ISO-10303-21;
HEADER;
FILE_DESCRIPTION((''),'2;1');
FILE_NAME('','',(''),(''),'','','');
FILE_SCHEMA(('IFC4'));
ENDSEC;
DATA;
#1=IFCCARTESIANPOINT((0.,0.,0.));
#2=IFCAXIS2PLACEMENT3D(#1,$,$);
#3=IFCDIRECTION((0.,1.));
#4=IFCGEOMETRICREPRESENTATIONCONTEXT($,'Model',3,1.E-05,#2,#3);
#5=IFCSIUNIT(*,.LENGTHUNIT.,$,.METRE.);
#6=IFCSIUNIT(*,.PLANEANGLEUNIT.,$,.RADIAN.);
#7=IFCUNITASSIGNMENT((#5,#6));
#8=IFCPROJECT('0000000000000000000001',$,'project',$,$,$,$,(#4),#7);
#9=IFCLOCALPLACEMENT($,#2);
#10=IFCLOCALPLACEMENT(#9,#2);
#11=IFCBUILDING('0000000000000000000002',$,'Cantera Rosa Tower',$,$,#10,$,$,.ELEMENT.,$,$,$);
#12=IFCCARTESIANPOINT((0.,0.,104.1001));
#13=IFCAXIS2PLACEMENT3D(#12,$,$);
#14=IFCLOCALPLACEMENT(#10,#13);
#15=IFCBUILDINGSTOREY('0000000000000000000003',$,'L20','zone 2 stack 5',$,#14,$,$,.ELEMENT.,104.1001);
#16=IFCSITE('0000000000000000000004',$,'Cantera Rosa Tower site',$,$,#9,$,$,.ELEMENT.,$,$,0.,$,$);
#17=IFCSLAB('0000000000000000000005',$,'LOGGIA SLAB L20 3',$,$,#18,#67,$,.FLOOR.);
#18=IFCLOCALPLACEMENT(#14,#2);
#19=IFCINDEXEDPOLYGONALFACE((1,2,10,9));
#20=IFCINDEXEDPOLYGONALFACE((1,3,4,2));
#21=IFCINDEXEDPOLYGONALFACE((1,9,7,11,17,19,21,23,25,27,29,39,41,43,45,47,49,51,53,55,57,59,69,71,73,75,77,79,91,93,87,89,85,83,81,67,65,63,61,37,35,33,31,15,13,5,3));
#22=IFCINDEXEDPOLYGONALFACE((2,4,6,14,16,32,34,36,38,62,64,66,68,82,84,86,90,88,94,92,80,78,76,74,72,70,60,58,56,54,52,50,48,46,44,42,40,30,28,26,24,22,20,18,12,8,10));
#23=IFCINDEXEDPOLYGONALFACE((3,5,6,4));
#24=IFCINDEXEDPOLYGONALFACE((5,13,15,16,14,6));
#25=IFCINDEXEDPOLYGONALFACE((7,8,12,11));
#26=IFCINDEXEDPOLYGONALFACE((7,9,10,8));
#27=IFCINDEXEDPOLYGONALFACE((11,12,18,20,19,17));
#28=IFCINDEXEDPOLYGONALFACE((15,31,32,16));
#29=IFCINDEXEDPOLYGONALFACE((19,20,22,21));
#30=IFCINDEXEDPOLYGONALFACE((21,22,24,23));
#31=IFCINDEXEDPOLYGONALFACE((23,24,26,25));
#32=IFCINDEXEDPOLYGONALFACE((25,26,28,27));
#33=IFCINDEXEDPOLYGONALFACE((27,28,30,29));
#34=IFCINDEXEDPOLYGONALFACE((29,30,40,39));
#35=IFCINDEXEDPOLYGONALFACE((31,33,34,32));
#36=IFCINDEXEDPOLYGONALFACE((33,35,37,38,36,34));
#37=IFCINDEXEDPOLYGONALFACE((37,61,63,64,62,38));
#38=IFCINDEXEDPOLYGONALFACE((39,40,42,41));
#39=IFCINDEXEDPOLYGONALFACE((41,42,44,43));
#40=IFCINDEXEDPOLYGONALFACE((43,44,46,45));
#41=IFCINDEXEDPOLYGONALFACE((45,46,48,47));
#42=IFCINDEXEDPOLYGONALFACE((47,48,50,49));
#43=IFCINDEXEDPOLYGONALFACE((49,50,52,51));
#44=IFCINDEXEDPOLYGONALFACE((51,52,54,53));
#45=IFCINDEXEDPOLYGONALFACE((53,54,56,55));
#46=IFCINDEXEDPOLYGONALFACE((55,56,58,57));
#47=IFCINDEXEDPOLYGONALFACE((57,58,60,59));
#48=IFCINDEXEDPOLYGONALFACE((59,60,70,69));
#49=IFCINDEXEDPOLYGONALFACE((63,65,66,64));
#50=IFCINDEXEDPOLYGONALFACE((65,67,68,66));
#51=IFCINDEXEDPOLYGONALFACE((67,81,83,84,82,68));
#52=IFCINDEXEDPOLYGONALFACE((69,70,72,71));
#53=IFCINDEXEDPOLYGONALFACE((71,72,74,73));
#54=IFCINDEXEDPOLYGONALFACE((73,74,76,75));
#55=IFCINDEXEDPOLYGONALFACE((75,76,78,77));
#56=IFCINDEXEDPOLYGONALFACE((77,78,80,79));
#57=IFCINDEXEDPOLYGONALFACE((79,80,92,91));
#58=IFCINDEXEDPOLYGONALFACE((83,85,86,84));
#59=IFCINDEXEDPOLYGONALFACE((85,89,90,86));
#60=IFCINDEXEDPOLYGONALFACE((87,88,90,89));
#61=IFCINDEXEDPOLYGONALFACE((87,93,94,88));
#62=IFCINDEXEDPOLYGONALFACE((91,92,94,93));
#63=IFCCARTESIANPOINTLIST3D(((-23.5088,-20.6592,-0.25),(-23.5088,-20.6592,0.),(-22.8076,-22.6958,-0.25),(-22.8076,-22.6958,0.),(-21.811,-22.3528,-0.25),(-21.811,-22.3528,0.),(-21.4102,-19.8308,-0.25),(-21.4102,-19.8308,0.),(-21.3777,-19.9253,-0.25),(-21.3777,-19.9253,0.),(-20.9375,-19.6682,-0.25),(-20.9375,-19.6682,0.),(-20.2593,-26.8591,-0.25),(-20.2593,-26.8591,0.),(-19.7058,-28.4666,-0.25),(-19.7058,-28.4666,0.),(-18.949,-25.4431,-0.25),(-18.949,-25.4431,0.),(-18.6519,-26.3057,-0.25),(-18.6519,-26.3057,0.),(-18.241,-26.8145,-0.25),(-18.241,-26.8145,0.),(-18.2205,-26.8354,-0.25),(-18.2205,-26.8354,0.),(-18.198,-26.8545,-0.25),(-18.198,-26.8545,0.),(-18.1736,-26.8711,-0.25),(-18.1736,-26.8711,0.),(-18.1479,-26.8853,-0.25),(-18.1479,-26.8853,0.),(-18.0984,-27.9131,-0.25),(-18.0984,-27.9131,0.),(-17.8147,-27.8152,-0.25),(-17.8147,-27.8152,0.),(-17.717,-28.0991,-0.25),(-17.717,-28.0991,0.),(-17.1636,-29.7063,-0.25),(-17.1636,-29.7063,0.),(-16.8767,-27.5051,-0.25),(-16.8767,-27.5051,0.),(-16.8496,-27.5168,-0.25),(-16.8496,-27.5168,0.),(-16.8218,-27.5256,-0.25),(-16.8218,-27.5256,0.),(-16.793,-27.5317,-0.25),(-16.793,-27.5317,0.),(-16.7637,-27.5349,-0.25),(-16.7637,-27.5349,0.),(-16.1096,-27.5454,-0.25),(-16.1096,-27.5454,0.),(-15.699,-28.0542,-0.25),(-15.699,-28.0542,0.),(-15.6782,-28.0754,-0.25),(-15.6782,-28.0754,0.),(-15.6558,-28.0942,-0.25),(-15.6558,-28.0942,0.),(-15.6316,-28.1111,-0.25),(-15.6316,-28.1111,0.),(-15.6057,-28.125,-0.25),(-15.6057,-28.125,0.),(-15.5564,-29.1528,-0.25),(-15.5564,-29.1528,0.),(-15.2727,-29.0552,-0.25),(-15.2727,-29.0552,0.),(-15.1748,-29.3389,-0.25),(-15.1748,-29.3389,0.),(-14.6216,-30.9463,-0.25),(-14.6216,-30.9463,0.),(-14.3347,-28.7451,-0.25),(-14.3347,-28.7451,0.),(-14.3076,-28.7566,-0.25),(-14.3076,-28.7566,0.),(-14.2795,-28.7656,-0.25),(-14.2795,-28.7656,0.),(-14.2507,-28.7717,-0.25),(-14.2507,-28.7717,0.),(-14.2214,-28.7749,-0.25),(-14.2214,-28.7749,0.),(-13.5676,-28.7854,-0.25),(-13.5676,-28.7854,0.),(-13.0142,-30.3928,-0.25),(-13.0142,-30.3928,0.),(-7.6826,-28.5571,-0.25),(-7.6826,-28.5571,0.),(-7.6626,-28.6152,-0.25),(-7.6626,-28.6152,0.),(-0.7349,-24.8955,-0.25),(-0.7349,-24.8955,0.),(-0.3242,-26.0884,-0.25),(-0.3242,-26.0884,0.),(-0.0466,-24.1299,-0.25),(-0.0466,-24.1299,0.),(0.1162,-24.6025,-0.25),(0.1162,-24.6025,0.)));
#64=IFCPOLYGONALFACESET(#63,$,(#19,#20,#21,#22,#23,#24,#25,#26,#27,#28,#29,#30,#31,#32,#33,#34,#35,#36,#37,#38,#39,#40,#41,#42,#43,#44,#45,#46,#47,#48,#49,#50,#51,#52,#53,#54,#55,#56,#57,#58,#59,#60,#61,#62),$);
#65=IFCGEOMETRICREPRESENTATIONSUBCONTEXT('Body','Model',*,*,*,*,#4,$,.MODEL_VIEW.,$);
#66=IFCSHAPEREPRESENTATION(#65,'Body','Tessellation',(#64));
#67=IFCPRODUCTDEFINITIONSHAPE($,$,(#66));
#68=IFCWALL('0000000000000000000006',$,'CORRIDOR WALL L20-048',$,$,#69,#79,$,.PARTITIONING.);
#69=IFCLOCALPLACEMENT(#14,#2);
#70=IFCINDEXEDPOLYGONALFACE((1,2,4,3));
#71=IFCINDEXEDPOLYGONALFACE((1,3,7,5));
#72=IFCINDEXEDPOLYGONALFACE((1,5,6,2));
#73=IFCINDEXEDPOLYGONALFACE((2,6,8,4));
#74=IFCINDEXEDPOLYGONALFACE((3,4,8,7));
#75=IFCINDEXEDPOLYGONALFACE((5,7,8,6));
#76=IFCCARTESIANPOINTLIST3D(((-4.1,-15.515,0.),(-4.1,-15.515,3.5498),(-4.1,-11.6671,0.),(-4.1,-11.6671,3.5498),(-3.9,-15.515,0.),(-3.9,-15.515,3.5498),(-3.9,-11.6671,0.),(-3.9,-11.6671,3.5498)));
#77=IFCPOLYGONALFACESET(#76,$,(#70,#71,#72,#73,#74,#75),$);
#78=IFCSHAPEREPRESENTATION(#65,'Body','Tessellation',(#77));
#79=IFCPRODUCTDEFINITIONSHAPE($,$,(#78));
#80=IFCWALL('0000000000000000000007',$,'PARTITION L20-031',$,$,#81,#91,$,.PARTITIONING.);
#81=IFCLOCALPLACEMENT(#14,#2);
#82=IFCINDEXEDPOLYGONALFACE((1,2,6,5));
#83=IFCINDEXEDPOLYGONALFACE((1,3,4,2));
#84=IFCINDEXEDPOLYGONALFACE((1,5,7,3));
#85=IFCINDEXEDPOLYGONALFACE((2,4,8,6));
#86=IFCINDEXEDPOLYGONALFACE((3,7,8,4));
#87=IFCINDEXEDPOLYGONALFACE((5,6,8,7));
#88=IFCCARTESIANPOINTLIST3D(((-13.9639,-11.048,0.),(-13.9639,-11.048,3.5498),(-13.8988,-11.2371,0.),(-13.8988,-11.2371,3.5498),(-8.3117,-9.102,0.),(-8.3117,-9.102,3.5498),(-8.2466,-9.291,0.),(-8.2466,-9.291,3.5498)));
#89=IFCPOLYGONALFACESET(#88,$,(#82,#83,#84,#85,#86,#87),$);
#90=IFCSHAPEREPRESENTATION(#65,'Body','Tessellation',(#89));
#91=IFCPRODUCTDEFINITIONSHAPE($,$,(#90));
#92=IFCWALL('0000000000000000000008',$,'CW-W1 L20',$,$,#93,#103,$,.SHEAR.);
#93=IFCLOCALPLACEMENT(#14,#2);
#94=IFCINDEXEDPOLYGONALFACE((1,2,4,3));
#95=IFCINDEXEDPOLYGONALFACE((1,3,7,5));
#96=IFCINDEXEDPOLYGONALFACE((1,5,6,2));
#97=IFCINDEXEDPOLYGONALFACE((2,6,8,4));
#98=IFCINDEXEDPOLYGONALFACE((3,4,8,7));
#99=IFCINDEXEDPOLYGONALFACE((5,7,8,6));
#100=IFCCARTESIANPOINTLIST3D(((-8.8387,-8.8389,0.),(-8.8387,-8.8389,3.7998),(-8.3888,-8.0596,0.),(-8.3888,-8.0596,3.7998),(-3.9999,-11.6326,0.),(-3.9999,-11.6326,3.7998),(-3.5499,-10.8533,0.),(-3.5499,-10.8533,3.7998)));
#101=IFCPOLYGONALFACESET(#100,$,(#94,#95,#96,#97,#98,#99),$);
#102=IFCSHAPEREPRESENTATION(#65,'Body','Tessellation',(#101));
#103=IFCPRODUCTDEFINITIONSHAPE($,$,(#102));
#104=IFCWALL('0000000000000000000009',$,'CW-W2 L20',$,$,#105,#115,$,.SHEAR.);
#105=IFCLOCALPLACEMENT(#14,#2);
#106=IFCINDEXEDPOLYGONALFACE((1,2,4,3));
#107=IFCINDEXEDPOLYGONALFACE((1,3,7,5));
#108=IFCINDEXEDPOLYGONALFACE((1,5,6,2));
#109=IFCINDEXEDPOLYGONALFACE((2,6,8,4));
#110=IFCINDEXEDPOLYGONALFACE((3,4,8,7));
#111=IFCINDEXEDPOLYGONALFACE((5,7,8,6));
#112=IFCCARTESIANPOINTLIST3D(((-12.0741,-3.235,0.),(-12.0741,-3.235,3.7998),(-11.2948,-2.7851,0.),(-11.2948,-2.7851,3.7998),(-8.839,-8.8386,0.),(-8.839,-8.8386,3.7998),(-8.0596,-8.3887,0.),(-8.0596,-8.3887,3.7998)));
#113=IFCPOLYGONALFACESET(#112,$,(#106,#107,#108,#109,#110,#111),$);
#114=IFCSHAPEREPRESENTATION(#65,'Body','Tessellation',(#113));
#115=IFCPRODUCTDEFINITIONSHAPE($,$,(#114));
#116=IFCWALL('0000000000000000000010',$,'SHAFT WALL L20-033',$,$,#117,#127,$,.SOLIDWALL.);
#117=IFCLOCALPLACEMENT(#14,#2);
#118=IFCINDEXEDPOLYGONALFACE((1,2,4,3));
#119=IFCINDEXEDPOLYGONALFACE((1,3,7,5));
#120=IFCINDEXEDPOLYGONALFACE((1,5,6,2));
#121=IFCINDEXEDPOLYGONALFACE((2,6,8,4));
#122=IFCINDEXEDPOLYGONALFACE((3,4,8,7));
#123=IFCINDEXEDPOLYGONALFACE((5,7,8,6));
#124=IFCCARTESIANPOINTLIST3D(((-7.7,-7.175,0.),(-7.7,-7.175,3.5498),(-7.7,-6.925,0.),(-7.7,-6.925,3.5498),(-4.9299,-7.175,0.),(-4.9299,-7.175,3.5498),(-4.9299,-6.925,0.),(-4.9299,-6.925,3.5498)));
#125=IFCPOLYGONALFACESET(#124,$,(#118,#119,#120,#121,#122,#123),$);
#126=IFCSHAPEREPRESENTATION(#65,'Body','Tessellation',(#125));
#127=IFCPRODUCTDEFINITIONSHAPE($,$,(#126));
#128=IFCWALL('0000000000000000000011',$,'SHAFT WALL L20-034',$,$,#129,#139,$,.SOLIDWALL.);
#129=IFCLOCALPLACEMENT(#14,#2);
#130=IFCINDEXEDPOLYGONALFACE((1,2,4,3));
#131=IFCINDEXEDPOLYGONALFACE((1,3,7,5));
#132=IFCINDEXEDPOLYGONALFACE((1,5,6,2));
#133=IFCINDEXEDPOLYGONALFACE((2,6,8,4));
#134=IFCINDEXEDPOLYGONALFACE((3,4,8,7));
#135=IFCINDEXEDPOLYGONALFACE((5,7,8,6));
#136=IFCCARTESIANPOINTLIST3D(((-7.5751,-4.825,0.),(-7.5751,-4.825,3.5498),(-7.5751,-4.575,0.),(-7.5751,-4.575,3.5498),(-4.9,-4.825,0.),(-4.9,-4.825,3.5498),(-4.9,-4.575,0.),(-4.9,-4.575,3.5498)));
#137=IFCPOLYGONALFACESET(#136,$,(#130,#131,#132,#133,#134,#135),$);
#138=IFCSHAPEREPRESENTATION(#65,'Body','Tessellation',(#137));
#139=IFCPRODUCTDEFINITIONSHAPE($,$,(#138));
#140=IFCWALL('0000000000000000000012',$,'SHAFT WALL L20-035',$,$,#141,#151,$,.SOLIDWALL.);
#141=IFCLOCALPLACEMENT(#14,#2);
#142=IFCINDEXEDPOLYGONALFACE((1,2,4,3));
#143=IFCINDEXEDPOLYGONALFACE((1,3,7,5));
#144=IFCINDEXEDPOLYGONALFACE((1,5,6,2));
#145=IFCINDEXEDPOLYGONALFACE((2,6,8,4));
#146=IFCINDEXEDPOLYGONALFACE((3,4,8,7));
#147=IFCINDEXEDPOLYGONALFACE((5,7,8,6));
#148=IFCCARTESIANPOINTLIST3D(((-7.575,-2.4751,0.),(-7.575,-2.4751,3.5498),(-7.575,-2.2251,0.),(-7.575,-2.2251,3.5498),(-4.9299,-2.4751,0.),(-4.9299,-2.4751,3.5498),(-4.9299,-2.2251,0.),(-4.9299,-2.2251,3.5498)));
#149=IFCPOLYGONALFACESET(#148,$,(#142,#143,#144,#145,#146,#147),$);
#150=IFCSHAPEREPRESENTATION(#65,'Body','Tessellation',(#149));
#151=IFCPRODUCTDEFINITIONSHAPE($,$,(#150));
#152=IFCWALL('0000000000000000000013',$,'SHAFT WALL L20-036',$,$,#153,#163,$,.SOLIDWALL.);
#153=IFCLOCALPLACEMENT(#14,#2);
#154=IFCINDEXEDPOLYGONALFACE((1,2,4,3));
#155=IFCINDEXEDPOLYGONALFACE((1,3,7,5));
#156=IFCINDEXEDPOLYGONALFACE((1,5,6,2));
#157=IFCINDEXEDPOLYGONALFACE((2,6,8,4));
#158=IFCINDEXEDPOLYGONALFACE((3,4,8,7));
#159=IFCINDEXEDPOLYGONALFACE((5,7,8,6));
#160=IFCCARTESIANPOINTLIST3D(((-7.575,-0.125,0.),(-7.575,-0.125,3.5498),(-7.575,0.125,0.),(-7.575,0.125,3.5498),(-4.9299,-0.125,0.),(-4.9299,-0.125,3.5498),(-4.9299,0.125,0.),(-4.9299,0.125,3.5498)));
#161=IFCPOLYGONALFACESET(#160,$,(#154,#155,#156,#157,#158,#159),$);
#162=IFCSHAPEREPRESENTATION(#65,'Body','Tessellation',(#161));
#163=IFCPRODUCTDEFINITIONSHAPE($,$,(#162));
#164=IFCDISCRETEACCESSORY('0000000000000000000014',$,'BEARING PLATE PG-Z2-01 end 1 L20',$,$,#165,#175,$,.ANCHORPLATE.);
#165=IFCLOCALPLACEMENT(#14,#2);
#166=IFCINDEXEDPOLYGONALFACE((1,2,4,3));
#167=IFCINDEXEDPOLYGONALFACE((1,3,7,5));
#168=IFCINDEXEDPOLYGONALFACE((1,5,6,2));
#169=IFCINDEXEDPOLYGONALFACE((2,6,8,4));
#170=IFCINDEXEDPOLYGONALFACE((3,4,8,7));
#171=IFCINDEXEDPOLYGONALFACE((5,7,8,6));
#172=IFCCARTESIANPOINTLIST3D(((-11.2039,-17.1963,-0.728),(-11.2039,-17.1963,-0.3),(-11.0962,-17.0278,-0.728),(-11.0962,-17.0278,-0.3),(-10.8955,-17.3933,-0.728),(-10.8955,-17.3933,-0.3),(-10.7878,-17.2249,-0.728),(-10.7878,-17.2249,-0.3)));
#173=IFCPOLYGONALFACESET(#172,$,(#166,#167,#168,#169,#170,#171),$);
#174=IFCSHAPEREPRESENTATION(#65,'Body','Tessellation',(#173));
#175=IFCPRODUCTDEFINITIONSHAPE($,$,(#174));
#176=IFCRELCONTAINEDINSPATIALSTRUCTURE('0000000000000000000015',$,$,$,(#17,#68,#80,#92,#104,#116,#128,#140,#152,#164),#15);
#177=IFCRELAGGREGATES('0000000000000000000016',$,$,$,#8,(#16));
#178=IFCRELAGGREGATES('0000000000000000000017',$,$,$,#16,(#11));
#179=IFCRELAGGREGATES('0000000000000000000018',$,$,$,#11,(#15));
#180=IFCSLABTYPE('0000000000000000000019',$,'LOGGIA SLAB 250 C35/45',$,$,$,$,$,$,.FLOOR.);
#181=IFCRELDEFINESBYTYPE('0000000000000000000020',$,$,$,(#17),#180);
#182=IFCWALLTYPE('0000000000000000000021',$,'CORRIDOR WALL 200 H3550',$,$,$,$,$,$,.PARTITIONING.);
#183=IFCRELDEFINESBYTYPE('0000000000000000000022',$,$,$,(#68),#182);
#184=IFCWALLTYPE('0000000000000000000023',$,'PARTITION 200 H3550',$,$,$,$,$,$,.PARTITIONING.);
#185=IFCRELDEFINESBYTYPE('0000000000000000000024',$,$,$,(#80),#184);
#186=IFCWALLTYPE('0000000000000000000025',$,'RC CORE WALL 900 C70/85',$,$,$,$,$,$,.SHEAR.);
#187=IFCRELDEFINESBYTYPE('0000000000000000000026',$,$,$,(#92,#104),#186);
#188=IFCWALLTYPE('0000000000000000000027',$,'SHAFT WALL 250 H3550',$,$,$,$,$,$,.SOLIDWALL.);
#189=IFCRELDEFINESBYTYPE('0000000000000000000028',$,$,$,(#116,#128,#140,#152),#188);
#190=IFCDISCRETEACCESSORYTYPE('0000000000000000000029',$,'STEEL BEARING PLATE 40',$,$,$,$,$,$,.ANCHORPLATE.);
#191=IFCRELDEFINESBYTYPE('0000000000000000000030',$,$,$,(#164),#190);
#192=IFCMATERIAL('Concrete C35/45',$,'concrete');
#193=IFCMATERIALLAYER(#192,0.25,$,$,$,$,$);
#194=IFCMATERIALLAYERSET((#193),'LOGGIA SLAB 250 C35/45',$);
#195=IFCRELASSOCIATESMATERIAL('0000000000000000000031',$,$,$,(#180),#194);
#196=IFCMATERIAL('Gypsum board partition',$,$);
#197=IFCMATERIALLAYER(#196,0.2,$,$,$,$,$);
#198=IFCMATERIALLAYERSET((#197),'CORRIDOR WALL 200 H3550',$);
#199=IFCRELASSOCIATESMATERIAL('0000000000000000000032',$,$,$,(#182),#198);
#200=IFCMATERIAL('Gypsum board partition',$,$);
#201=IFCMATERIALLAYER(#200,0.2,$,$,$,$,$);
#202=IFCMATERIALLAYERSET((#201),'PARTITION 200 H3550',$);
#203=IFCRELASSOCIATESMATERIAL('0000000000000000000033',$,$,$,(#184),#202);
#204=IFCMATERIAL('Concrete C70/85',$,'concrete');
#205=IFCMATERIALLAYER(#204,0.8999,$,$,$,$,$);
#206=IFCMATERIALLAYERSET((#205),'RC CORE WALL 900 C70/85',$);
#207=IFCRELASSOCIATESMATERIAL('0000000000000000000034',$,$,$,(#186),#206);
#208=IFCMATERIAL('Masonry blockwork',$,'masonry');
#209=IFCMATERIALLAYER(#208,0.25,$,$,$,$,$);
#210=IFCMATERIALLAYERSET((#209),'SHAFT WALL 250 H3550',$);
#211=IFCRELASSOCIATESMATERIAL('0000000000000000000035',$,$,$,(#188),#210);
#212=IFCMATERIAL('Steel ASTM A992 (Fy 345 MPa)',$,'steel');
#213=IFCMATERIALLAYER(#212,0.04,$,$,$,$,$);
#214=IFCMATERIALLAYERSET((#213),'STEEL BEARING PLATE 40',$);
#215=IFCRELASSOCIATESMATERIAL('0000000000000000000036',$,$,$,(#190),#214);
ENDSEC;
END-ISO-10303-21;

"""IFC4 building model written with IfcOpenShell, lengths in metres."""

from ifc_helpers import new_model, si_unit, direction, frame, frame_2d, origin, place, context, subcontext, project, spatial, polyline, rectangle, outline, extrude, material, layer, layer_set, type_object, element, save


model = new_model("IFC4")

# Units and contexts
model_context = context("Model", 3, precision=1e-05, world=origin(), true_north=direction((0.0, 1.0)))
body_context = subcontext(model_context, "Body", "Model", "MODEL_VIEW")
ifc_project = project(units=[si_unit("LENGTHUNIT", "METRE"), si_unit("PLANEANGLEUNIT", "RADIAN")], contexts=[model_context])

# Site, building, storey
site_placement = place(None, origin())
site = spatial("IfcSite", under=ifc_project, at=site_placement, Name="Cantera Rosa Tower site", CompositionType="ELEMENT", RefElevation=0.0)
building_placement = place(site_placement, origin())
building = spatial("IfcBuilding", under=site, at=building_placement, Name="Cantera Rosa Tower", CompositionType="ELEMENT")
storey_placement = place(building_placement, frame((0.0, 0.0, 104.1001)))
storey = spatial("IfcBuildingStorey", under=building, at=storey_placement, Name="L20", Description="zone 2 stack 5", CompositionType="ELEMENT", Elevation=104.1001)

# Slab
ifc_material_1 = material(Name="Concrete C35/45", Category="concrete")
ifc_layer_1 = layer(ifc_material_1, 0.25)
ifc_layer_set_1 = layer_set([ifc_layer_1], Name="LOGGIA SLAB 250 C35/45")
slab_type_1 = type_object("IfcSlabType", Name="LOGGIA SLAB 250 C35/45", PredefinedType="FLOOR", material=ifc_layer_set_1)
slab_1_placement = place(storey_placement, frame((0.0, 0.0, -0.25)))
element("IfcSlab", 1, at=slab_1_placement, inside=storey, type_object=slab_type_1, Name="LOGGIA SLAB L20 3", PredefinedType="FLOOR", context=body_context, shape_type="SweptSolid", body=[
    extrude(outline(polyline([(-13.0142, -30.3928), (-14.6216, -30.9463), (-15.1748, -29.3389), (-15.2727, -29.0552), (-15.5564, -29.1528), (-17.1636, -29.7063), (-17.717, -28.0991), (-17.8147, -27.8152), (-18.0984, -27.9131), (-19.7058, -28.4666), (-20.2593, -26.8591), (-21.811, -22.3528), (-22.8076, -22.6958), (-23.5088, -20.6592), (-21.3777, -19.9253), (-21.4102, -19.8308), (-20.9375, -19.6682), (-18.949, -25.4431), (-18.6519, -26.3057), (-18.241, -26.8145), (-18.2205, -26.8354), (-18.198, -26.8545), (-18.1736, -26.8711), (-18.1479, -26.8853), (-16.8767, -27.5051), (-16.8496, -27.5168), (-16.8218, -27.5256), (-16.793, -27.5317), (-16.7637, -27.5349), (-16.1096, -27.5454), (-15.699, -28.0542), (-15.6782, -28.0754), (-15.6558, -28.0942), (-15.6316, -28.1111), (-15.6057, -28.125), (-14.3347, -28.7451), (-14.3076, -28.7566), (-14.2795, -28.7656), (-14.2507, -28.7717), (-14.2214, -28.7749), (-13.5676, -28.7854), (-0.0466, -24.1299), (0.1162, -24.6025), (-0.7349, -24.8955), (-0.3242, -26.0884), (-7.6626, -28.6152), (-7.6826, -28.5571), (-13.0142, -30.3928)])), origin(), (0.0, 0.0, 1.0), 0.25),
])

# Walls
ifc_material_2 = material(Name="Gypsum board partition")
ifc_layer_2 = layer(ifc_material_2, 0.2)
ifc_layer_set_2 = layer_set([ifc_layer_2], Name="CORRIDOR WALL 200 H3550")
wall_type_1 = type_object("IfcWallType", Name="CORRIDOR WALL 200 H3550", PredefinedType="PARTITIONING", material=ifc_layer_set_2)
wall_1_placement = place(storey_placement, frame((-4.0, -11.6672, 0.0), z_axis=(0.0, 0.0, 1.0), x_axis=(0.0, -1.0, 0.0)))
element("IfcWall", 2, at=wall_1_placement, inside=storey, type_object=wall_type_1, Name="CORRIDOR WALL L20-048", PredefinedType="PARTITIONING", context=body_context, shape_type="SweptSolid", body=[
    extrude(rectangle(XDim=3.8479, YDim=0.2, at=frame_2d((1.9238, 0.0))), origin(), (0.0, 0.0, 1.0), 3.5498),
])
ifc_material_3 = material(Name="Gypsum board partition")
ifc_layer_3 = layer(ifc_material_3, 0.2)
ifc_layer_set_3 = layer_set([ifc_layer_3], Name="PARTITION 200 H3550")
wall_type_2 = type_object("IfcWallType", Name="PARTITION 200 H3550", PredefinedType="PARTITIONING", material=ifc_layer_set_3)
wall_2_placement = place(storey_placement, frame((-8.2793, -9.1965, 0.0), z_axis=(0.0, 0.0, 1.0), x_axis=(-0.945525, -0.325549, 0.0)))
element("IfcWall", 3, at=wall_2_placement, inside=storey, type_object=wall_type_2, Name="PARTITION L20-031", PredefinedType="PARTITIONING", context=body_context, shape_type="SweptSolid", body=[
    extrude(rectangle(XDim=5.9778, YDim=0.2, at=frame_2d((2.9888, 0.0))), origin(), (0.0, 0.0, 1.0), 3.5498),
])
ifc_material_4 = material(Name="Concrete C70/85", Category="concrete")
ifc_layer_4 = layer(ifc_material_4, 0.8999)
ifc_layer_set_4 = layer_set([ifc_layer_4], Name="RC CORE WALL 900 C70/85")
wall_type_3 = type_object("IfcWallType", Name="RC CORE WALL 900 C70/85", PredefinedType="SHEAR", material=ifc_layer_set_4)
wall_3_placement = place(storey_placement, frame((-3.7749, -11.2429, 0.0), z_axis=(0.0, 0.0, 1.0), x_axis=(-0.866027, 0.499997, 0.0)))
element("IfcWall", 4, at=wall_3_placement, inside=storey, type_object=wall_type_3, Name="CW-W1 L20", PredefinedType="SHEAR", context=body_context, shape_type="SweptSolid", body=[
    extrude(rectangle(XDim=5.5874, YDim=0.8999, at=frame_2d((2.7937, 0.0))), origin(), (0.0, 0.0, 1.0), 3.7998),
])
wall_4_placement = place(storey_placement, frame((-8.4492, -8.6138, 0.0), z_axis=(0.0, 0.0, 1.0), x_axis=(-0.49999, 0.866031, 0.0)))
element("IfcWall", 5, at=wall_4_placement, inside=storey, type_object=wall_type_3, Name="CW-W2 L20", PredefinedType="SHEAR", context=body_context, shape_type="SweptSolid", body=[
    extrude(rectangle(XDim=6.4705, YDim=0.8999, at=frame_2d((3.2354, 0.0))), origin(), (0.0, 0.0, 1.0), 3.7998),
])
ifc_material_5 = material(Name="Masonry blockwork", Category="masonry")
ifc_layer_5 = layer(ifc_material_5, 0.25)
ifc_layer_set_5 = layer_set([ifc_layer_5], Name="SHAFT WALL 250 H3550")
wall_type_4 = type_object("IfcWallType", Name="SHAFT WALL 250 H3550", PredefinedType="SOLIDWALL", material=ifc_layer_set_5)
wall_5_placement = place(storey_placement, frame((-7.7, -7.05, 0.0), z_axis=(0.0, 0.0, 1.0), x_axis=(1.0, 0.0, 0.0)))
element("IfcWall", 6, at=wall_5_placement, inside=storey, type_object=wall_type_4, Name="SHAFT WALL L20-033", PredefinedType="SOLIDWALL", context=body_context, shape_type="SweptSolid", body=[
    extrude(rectangle(XDim=2.77, YDim=0.25, at=frame_2d((1.385, 0.0))), origin(), (0.0, 0.0, 1.0), 3.5498),
])
wall_6_placement = place(storey_placement, frame((-7.575, -4.7, 0.0), z_axis=(0.0, 0.0, 1.0), x_axis=(1.0, 0.0, 0.0)))
element("IfcWall", 7, at=wall_6_placement, inside=storey, type_object=wall_type_4, Name="SHAFT WALL L20-034", PredefinedType="SOLIDWALL", context=body_context, shape_type="SweptSolid", body=[
    extrude(rectangle(XDim=2.675, YDim=0.25, at=frame_2d((1.3374, 0.0))), origin(), (0.0, 0.0, 1.0), 3.5498),
])
for number, where, z_axis, x_axis, name in (
    (8, (-7.575, -2.3501, 0.0), (0.0, 0.0, 1.0), (1.0, 0.0, 0.0), "SHAFT WALL L20-035"),
    (9, (-7.575, 0.0, 0.0), (0.0, 0.0, 1.0), (1.0, 0.0, 0.0), "SHAFT WALL L20-036"),
):
    element("IfcWall", number, at=place(storey_placement, frame(where, z_axis=z_axis, x_axis=x_axis)), inside=storey, type_object=wall_type_4, Name=name, PredefinedType="SOLIDWALL", context=body_context, shape_type="SweptSolid", body=[
        extrude(rectangle(XDim=2.645, YDim=0.25, at=frame_2d((1.3225, 0.0))), origin(), (0.0, 0.0, 1.0), 3.5498),
    ])

# Discrete accessory
ifc_material_6 = material(Name="Steel ASTM A992 (Fy 345 MPa)", Category="steel")
ifc_layer_6 = layer(ifc_material_6, 0.04)
ifc_layer_set_6 = layer_set([ifc_layer_6], Name="STEEL BEARING PLATE 40")
discrete_accessory_type = type_object("IfcDiscreteAccessoryType", Name="STEEL BEARING PLATE 40", PredefinedType="ANCHORPLATE", material=ifc_layer_set_6)
discrete_accessory_1_placement = place(storey_placement, frame((0.0, 0.0, -0.728)))
element("IfcDiscreteAccessory", 10, at=discrete_accessory_1_placement, inside=storey, type_object=discrete_accessory_type, Name="BEARING PLATE PG-Z2-01 end 1 L20", PredefinedType="ANCHORPLATE", context=body_context, shape_type="SweptSolid", body=[
    extrude(outline(polyline([(-11.0962, -17.0278), (-11.2039, -17.1963), (-10.8955, -17.3933), (-10.7878, -17.2249), (-11.0962, -17.0278)])), origin(), (0.0, 0.0, 1.0), 0.428),
])

save(model, "model.ifc")
